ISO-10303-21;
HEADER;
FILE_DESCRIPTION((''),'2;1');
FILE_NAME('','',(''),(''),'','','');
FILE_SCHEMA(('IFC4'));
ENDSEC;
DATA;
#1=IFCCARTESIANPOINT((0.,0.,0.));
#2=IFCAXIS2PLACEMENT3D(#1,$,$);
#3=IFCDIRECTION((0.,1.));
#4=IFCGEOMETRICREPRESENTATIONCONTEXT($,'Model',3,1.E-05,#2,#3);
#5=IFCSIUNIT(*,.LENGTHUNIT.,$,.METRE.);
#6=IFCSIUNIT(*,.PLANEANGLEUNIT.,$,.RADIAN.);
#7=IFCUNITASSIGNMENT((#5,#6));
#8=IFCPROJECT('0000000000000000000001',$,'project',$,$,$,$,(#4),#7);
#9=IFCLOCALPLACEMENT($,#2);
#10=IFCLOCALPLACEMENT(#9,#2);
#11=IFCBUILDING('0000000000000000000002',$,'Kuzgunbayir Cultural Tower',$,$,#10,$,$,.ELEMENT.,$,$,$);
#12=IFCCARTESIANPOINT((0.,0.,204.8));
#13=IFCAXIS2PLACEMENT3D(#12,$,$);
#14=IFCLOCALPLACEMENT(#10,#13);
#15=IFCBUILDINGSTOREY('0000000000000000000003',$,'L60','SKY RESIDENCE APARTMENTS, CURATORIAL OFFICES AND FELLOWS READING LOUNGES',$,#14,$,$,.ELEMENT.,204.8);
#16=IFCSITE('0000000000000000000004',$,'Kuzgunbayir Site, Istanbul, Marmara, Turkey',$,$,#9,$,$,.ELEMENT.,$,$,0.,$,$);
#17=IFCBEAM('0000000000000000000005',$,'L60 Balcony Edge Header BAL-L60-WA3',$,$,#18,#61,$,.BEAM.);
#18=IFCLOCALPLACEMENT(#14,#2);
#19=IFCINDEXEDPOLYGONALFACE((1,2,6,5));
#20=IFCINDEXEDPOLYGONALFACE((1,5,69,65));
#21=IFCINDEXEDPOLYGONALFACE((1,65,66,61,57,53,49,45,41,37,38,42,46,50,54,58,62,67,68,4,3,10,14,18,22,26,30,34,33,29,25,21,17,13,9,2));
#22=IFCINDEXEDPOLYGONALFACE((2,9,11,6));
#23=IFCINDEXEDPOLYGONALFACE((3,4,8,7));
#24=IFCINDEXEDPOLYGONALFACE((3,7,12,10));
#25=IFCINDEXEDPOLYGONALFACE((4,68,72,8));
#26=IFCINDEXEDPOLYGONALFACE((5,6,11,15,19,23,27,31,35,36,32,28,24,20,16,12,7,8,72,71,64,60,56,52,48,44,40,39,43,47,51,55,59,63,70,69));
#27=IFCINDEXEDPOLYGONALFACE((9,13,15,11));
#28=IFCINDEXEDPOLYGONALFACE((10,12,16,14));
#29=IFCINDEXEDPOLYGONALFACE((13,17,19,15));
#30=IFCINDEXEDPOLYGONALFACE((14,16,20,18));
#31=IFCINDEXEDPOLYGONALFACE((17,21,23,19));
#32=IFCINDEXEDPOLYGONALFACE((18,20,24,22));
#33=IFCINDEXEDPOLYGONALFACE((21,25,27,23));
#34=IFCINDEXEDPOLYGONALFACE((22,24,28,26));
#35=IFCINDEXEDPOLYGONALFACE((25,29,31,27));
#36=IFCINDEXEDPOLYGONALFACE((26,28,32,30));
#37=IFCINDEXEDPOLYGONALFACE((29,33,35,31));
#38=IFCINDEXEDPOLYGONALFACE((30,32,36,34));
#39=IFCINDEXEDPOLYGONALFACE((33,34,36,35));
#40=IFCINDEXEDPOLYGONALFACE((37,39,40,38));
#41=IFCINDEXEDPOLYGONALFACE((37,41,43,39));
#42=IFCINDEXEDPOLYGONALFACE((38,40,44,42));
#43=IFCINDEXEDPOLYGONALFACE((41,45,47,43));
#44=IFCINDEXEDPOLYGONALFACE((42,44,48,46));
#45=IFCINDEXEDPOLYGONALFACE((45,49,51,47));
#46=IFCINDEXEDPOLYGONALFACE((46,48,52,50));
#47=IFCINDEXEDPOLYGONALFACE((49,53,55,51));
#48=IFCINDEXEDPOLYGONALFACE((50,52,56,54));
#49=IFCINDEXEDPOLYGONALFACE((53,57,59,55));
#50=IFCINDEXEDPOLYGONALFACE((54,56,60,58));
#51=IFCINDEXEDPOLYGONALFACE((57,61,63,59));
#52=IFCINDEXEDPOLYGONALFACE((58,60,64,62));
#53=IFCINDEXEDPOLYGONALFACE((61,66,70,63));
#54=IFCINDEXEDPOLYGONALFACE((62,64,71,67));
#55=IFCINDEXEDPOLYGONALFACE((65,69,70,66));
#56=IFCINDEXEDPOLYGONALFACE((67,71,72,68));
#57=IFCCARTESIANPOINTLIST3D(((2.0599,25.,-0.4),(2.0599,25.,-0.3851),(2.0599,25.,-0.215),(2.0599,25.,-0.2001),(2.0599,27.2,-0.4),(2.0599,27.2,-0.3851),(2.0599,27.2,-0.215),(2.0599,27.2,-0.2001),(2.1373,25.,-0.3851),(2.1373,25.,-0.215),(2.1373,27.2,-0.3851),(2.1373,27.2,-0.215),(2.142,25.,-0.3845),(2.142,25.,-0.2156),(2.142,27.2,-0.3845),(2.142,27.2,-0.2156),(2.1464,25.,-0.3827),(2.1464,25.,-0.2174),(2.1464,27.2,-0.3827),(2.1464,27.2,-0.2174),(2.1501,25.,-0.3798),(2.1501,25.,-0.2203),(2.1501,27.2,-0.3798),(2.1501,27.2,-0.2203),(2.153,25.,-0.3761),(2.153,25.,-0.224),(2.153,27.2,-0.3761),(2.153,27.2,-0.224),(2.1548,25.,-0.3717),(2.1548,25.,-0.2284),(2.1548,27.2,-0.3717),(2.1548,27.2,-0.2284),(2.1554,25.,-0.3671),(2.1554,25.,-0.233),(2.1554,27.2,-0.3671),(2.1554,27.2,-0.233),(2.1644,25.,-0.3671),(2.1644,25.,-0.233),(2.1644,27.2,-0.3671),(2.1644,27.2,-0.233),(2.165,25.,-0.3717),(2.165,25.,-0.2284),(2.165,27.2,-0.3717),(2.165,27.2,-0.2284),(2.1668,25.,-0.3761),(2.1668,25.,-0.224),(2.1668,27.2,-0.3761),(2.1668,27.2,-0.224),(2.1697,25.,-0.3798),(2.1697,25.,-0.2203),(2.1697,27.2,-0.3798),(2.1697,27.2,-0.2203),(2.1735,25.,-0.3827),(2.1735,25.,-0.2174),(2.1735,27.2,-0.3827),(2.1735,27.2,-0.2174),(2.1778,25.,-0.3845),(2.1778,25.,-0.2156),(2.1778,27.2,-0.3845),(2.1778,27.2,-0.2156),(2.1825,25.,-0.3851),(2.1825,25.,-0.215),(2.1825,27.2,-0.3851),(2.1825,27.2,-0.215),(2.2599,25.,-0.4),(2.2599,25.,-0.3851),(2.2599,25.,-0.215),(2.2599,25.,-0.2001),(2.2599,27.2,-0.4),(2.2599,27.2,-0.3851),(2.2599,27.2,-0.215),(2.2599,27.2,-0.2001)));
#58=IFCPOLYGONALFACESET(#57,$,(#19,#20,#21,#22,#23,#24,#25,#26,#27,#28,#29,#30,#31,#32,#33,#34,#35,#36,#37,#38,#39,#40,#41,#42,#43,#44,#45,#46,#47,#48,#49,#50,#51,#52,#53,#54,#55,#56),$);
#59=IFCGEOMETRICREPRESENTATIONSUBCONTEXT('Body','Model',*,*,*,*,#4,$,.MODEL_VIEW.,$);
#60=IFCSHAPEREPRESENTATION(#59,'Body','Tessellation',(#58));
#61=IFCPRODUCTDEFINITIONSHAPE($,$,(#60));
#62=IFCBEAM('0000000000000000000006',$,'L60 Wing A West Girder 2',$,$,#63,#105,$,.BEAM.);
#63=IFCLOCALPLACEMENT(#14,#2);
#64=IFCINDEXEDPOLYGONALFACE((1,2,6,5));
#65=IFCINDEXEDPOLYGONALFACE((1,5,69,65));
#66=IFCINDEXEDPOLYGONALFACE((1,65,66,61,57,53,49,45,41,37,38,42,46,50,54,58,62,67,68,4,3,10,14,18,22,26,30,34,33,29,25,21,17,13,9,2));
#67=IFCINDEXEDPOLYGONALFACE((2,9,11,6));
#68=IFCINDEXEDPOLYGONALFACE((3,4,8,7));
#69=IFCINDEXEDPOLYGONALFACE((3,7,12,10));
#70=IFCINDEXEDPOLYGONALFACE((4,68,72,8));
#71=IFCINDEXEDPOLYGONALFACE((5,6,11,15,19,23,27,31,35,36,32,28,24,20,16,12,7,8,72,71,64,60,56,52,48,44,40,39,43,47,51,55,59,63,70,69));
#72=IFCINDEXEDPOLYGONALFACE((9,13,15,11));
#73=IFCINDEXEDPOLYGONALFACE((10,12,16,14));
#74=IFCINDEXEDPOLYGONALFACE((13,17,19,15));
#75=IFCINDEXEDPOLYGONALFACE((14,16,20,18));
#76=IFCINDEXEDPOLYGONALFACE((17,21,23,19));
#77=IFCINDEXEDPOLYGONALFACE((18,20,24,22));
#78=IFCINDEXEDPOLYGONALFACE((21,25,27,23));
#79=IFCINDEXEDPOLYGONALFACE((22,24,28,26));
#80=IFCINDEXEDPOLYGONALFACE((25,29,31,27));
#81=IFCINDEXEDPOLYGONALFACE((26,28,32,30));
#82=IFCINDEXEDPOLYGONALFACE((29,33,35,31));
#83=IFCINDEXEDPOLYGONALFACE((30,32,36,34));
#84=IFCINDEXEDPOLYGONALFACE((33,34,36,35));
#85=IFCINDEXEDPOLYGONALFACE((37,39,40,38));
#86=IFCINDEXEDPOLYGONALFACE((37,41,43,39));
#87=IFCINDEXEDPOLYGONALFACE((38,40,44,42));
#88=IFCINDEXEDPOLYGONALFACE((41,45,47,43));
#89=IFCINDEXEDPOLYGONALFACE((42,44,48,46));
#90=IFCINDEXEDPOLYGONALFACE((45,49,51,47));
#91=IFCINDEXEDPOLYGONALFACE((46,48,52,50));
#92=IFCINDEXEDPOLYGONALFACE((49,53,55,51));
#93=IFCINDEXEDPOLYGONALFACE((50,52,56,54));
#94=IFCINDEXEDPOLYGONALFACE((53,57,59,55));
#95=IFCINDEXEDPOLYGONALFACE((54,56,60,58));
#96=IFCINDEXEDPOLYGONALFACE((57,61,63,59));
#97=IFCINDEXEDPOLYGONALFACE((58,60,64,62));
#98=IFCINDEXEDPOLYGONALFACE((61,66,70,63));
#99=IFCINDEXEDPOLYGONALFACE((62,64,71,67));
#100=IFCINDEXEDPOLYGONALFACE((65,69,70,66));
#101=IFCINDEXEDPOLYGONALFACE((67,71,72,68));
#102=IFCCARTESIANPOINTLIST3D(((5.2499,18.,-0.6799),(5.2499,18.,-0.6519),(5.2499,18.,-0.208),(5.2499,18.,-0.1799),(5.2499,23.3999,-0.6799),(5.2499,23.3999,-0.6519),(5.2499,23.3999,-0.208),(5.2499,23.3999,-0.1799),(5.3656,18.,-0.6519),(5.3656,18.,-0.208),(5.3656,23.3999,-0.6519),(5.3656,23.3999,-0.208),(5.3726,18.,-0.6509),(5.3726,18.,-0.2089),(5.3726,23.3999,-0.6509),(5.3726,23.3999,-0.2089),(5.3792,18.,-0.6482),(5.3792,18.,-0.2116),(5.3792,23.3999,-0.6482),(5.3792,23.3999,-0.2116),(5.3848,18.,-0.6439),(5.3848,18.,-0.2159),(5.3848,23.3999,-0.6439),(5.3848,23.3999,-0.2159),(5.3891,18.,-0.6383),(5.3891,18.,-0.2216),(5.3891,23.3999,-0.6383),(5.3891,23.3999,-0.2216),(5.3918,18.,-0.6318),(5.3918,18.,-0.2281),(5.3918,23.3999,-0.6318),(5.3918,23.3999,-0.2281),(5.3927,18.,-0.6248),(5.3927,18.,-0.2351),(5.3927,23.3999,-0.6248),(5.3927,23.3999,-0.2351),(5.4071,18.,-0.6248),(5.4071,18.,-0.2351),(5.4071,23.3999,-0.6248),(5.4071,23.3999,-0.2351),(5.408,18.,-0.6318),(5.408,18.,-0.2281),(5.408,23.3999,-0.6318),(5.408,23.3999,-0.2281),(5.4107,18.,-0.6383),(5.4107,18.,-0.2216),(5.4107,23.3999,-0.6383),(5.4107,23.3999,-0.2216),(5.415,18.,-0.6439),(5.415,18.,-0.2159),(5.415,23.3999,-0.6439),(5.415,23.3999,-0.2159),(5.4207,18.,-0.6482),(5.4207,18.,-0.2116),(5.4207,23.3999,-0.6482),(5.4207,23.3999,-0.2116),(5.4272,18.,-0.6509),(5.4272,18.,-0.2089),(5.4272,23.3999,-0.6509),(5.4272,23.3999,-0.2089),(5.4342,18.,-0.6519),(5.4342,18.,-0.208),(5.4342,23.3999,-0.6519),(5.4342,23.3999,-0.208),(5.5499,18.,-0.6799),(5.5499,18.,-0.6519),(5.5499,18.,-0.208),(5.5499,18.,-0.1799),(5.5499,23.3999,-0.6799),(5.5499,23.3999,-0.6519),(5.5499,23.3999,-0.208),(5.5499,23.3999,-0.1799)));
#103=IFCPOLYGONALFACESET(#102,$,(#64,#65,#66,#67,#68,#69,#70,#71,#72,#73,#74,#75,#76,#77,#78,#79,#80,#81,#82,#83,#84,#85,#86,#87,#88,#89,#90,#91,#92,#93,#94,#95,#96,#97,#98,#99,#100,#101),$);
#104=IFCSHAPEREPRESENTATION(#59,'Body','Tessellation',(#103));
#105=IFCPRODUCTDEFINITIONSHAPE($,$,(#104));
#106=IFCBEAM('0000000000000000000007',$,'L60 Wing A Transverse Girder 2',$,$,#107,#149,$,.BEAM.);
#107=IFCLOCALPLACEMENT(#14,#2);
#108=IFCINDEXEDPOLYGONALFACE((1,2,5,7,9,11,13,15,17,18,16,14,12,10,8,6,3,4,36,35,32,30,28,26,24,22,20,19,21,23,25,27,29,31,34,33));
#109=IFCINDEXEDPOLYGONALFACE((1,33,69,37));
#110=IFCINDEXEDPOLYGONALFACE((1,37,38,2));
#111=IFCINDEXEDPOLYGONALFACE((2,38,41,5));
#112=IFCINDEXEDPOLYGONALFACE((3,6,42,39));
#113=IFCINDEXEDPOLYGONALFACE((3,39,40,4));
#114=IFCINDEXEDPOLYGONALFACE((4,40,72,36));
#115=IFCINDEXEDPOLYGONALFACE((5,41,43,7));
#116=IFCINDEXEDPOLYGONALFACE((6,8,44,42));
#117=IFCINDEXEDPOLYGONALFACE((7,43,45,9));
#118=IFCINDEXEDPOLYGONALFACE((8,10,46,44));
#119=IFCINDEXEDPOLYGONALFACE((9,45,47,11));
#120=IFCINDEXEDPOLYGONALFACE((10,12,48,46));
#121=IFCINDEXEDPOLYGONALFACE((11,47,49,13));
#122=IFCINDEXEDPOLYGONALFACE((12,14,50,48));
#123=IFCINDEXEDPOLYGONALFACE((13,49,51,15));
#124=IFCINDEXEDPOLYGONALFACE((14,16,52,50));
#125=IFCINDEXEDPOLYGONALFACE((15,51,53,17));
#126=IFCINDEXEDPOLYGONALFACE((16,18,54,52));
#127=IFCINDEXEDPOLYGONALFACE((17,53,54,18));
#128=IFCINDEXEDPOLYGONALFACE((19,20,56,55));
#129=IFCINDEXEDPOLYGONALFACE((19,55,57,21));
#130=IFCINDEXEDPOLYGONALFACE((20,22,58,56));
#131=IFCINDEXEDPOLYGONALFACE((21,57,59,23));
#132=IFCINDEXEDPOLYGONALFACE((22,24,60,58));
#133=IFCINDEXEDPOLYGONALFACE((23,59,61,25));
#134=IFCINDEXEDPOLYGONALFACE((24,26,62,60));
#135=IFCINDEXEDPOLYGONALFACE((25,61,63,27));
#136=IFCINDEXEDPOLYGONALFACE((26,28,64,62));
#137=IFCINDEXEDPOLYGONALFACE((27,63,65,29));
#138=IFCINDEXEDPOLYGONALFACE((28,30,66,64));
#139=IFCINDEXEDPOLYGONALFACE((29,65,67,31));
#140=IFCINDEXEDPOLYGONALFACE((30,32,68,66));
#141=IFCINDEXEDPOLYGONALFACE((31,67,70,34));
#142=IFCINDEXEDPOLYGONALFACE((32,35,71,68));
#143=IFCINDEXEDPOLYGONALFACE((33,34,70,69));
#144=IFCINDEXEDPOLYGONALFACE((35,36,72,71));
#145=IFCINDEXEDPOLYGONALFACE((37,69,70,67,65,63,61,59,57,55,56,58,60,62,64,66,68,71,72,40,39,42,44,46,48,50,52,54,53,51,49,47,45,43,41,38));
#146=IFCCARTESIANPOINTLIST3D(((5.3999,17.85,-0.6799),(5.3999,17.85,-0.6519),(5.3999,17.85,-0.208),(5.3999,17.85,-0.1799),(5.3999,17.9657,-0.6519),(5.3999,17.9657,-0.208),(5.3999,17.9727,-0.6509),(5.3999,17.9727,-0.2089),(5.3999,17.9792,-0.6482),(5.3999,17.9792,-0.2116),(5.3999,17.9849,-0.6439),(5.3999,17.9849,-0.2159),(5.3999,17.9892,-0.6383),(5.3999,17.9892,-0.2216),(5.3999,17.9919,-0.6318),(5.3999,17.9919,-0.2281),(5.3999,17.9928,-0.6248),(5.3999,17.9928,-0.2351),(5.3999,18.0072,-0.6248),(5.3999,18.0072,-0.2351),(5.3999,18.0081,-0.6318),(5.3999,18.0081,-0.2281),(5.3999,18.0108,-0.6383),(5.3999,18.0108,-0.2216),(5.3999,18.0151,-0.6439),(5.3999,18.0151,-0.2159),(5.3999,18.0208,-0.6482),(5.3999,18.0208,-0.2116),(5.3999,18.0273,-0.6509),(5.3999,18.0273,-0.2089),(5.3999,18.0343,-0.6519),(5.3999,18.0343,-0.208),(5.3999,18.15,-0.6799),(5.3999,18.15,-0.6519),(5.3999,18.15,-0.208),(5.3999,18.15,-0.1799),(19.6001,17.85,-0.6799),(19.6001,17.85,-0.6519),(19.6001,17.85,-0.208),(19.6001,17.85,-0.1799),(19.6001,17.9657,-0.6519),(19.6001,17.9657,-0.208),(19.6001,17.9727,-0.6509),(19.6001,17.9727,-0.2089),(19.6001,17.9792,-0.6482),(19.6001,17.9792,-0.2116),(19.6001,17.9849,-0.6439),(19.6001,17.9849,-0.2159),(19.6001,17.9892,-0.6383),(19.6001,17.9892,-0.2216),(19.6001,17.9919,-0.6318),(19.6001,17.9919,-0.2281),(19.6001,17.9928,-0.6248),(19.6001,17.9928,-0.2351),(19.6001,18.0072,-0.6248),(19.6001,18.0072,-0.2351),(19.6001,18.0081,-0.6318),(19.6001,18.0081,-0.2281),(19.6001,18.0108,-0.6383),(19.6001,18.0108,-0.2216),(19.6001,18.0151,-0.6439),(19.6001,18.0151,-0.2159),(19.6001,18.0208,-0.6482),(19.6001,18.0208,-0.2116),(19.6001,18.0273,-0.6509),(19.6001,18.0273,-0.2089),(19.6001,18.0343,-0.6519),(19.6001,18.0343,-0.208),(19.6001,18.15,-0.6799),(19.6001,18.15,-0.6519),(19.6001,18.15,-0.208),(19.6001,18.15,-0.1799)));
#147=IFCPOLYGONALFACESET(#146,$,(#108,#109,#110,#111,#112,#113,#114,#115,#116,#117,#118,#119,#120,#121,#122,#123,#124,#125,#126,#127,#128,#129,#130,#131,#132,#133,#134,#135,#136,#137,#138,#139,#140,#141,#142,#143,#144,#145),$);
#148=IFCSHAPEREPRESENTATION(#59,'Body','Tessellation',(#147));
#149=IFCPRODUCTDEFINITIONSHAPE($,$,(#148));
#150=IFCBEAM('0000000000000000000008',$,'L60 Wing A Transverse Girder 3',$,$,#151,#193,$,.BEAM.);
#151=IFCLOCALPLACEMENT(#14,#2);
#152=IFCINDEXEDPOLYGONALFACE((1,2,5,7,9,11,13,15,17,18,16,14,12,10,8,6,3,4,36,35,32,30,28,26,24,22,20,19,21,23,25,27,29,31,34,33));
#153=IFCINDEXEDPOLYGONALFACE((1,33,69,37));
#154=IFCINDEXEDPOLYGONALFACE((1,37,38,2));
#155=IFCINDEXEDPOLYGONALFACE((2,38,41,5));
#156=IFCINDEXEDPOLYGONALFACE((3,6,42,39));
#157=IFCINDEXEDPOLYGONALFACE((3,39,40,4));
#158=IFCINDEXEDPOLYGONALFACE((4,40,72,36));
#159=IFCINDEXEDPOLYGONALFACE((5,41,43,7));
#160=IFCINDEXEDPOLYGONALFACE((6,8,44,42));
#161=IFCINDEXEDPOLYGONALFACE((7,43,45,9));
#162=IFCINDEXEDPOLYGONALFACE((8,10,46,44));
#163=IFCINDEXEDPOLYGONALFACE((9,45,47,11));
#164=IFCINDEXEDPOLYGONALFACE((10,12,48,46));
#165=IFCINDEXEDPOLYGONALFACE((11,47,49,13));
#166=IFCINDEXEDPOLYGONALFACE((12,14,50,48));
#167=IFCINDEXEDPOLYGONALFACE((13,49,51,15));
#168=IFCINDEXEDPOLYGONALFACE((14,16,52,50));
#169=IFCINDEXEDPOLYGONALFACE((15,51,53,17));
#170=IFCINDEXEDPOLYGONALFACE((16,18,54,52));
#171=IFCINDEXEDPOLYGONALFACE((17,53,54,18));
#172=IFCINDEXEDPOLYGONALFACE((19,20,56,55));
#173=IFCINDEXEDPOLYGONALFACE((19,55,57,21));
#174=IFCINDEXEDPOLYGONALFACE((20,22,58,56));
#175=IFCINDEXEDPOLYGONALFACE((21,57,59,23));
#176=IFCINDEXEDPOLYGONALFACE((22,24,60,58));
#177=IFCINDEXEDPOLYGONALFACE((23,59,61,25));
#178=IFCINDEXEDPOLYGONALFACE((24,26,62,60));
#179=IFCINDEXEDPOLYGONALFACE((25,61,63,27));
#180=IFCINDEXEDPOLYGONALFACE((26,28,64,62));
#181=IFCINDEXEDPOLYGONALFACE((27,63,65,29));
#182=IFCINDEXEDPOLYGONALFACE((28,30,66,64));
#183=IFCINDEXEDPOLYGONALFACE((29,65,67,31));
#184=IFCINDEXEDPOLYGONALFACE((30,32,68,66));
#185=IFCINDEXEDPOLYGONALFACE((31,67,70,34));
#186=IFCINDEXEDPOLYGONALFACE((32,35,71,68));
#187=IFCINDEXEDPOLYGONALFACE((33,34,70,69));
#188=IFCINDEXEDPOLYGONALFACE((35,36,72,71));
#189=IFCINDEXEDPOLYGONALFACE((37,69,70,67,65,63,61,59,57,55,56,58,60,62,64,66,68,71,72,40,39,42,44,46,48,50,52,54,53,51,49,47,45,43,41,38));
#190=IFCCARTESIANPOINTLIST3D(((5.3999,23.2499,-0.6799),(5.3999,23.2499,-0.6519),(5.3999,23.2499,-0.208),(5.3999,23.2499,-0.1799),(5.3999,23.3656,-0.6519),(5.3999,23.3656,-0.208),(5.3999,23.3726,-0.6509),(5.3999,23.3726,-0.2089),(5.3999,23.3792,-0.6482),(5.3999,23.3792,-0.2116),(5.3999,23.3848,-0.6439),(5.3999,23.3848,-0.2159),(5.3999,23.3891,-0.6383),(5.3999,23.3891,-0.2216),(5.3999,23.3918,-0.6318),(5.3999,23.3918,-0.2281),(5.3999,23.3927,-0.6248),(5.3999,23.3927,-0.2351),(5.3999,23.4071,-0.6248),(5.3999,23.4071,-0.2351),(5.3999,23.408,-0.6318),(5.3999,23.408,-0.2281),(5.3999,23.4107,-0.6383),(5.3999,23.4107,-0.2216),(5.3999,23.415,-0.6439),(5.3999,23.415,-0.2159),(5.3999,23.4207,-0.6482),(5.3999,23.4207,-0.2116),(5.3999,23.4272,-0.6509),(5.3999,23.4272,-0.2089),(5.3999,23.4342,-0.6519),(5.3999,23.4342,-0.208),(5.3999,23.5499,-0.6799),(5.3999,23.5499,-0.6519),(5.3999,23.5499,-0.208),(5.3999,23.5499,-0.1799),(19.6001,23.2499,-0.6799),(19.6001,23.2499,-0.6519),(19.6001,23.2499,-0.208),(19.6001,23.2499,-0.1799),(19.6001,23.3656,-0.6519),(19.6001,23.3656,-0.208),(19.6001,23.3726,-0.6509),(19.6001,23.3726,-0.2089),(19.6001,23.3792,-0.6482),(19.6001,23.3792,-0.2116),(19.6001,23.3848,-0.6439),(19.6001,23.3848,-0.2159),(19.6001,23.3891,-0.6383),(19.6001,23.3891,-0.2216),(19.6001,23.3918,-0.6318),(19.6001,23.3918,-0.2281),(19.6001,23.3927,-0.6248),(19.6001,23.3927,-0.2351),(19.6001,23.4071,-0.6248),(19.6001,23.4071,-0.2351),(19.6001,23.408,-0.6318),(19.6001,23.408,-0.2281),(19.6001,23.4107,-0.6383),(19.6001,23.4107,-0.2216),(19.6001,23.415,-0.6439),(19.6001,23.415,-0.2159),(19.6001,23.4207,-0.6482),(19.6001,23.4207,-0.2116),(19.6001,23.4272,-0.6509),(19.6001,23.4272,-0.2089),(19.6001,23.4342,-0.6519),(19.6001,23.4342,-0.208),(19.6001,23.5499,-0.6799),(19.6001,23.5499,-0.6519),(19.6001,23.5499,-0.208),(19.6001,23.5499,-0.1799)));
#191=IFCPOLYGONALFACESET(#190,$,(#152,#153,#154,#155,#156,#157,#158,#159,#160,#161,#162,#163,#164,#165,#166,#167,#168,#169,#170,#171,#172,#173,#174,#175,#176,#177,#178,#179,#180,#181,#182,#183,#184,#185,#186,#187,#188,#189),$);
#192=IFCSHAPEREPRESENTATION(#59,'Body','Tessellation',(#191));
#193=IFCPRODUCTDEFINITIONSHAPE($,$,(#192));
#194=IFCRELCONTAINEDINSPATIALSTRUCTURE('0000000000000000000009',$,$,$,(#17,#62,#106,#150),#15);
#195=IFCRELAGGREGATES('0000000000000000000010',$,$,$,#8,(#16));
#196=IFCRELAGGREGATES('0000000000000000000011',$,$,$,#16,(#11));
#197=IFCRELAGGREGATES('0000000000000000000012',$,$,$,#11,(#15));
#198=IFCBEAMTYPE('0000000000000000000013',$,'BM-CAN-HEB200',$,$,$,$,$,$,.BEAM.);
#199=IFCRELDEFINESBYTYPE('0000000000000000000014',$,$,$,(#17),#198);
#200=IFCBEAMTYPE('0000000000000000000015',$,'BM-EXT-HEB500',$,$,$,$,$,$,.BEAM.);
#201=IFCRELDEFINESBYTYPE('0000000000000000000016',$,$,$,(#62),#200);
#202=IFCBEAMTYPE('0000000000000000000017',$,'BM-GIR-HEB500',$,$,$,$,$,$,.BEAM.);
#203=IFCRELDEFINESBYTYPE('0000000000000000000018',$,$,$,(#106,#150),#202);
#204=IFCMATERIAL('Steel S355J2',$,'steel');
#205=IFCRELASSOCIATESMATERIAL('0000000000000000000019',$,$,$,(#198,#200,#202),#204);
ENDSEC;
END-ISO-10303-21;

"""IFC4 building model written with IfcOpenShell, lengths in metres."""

from ifc_helpers import new_model, si_unit, direction, frame, origin, origin_2d, place, context, subcontext, project, spatial, i_section, extrude, material, material_profile, profile_set, type_object, element, save


model = new_model("IFC4")

# Units and contexts
model_context = context("Model", 3, precision=1e-05, world=origin(), true_north=direction((0.0, 1.0)))
body_context = subcontext(model_context, "Body", "Model", "MODEL_VIEW")
ifc_project = project(units=[si_unit("LENGTHUNIT", "METRE"), si_unit("PLANEANGLEUNIT", "RADIAN")], contexts=[model_context])

# Site, building, storey
site_placement = place(None, origin())
site = spatial("IfcSite", under=ifc_project, at=site_placement, Name="Kuzgunbayir Site, Istanbul, Marmara, Turkey", CompositionType="ELEMENT", RefElevation=0.0)
building_placement = place(site_placement, origin())
building = spatial("IfcBuilding", under=site, at=building_placement, Name="Kuzgunbayir Cultural Tower", CompositionType="ELEMENT")
storey_placement = place(building_placement, frame((0.0, 0.0, 204.8)))
storey = spatial("IfcBuildingStorey", under=building, at=storey_placement, Name="L60", Description="SKY RESIDENCE APARTMENTS, CURATORIAL OFFICES AND FELLOWS READING LOUNGES", CompositionType="ELEMENT", Elevation=204.8)

# Beams
ifc_material_1 = material(Name="Steel S355J2", Category="steel")
ifc_material_profile_1 = material_profile(ifc_material_1, i_section(OverallWidth=0.2, OverallDepth=0.2, WebThickness=0.009, FlangeThickness=0.0149, FilletRadius=0.0181, at=origin_2d()), Name="HEB 200")
ifc_profile_set_1 = profile_set([ifc_material_profile_1], Name="Steel S355J2")
beam_type_1 = type_object("IfcBeamType", Name="BM-CAN-HEB200", PredefinedType="BEAM", material=ifc_profile_set_1)
beam_1_placement = place(storey_placement, frame((2.1599, 25.0, -0.3), z_axis=(0.0, 1.0, 0.0), x_axis=(-1.0, 0.0, 0.0)))
element("IfcBeam", 1, at=beam_1_placement, inside=storey, type_object=beam_type_1, Name="L60 Balcony Edge Header BAL-L60-WA3", PredefinedType="BEAM", context=body_context, shape_type="SweptSolid", body=[
    extrude(i_section(OverallWidth=0.2, OverallDepth=0.2, WebThickness=0.009, FlangeThickness=0.0149, FilletRadius=0.0181, at=origin_2d()), origin(), (0.0, 0.0, 1.0), 2.2),
])
ifc_material_profile_2 = material_profile(ifc_material_1, i_section(OverallWidth=0.3, OverallDepth=0.5, WebThickness=0.0144, FlangeThickness=0.0281, FilletRadius=0.0271, at=origin_2d()), Name="HEB 500")
ifc_profile_set_2 = profile_set([ifc_material_profile_2], Name="Steel S355J2")
beam_type_2 = type_object("IfcBeamType", Name="BM-EXT-HEB500", PredefinedType="BEAM", material=ifc_profile_set_2)
beam_2_placement = place(storey_placement, frame((5.3999, 18.0, -0.4299), z_axis=(0.0, 1.0, 0.0), x_axis=(-1.0, 0.0, 0.0)))
element("IfcBeam", 2, at=beam_2_placement, inside=storey, type_object=beam_type_2, Name="L60 Wing A West Girder 2", PredefinedType="BEAM", context=body_context, shape_type="SweptSolid", body=[
    extrude(i_section(OverallWidth=0.3, OverallDepth=0.5, WebThickness=0.0144, FlangeThickness=0.0281, FilletRadius=0.0271, at=origin_2d()), origin(), (0.0, 0.0, 1.0), 5.3999),
])
ifc_material_profile_3 = material_profile(ifc_material_1, i_section(OverallWidth=0.3, OverallDepth=0.5, WebThickness=0.0144, FlangeThickness=0.0281, FilletRadius=0.0271, at=origin_2d()), Name="HEB 500")
ifc_profile_set_3 = profile_set([ifc_material_profile_3], Name="Steel S355J2")
beam_type_3 = type_object("IfcBeamType", Name="BM-GIR-HEB500", PredefinedType="BEAM", material=ifc_profile_set_3)
for number, where, z_axis, x_axis, name in (
    (3, (5.3999, 18.0, -0.4299), (1.0, 0.0, 0.0), (0.0, 1.0, 0.0), "L60 Wing A Transverse Girder 2"),
    (4, (5.3999, 23.3999, -0.4299), (1.0, 0.0, 0.0), (0.0, 1.0, 0.0), "L60 Wing A Transverse Girder 3"),
):
    element("IfcBeam", number, at=place(storey_placement, frame(where, z_axis=z_axis, x_axis=x_axis)), inside=storey, type_object=beam_type_3, Name=name, PredefinedType="BEAM", context=body_context, shape_type="SweptSolid", body=[
        extrude(i_section(OverallWidth=0.3, OverallDepth=0.5, WebThickness=0.0144, FlangeThickness=0.0281, FilletRadius=0.0271, at=origin_2d()), origin(), (0.0, 0.0, 1.0), 14.2002),
    ])

save(model, "model.ifc")
